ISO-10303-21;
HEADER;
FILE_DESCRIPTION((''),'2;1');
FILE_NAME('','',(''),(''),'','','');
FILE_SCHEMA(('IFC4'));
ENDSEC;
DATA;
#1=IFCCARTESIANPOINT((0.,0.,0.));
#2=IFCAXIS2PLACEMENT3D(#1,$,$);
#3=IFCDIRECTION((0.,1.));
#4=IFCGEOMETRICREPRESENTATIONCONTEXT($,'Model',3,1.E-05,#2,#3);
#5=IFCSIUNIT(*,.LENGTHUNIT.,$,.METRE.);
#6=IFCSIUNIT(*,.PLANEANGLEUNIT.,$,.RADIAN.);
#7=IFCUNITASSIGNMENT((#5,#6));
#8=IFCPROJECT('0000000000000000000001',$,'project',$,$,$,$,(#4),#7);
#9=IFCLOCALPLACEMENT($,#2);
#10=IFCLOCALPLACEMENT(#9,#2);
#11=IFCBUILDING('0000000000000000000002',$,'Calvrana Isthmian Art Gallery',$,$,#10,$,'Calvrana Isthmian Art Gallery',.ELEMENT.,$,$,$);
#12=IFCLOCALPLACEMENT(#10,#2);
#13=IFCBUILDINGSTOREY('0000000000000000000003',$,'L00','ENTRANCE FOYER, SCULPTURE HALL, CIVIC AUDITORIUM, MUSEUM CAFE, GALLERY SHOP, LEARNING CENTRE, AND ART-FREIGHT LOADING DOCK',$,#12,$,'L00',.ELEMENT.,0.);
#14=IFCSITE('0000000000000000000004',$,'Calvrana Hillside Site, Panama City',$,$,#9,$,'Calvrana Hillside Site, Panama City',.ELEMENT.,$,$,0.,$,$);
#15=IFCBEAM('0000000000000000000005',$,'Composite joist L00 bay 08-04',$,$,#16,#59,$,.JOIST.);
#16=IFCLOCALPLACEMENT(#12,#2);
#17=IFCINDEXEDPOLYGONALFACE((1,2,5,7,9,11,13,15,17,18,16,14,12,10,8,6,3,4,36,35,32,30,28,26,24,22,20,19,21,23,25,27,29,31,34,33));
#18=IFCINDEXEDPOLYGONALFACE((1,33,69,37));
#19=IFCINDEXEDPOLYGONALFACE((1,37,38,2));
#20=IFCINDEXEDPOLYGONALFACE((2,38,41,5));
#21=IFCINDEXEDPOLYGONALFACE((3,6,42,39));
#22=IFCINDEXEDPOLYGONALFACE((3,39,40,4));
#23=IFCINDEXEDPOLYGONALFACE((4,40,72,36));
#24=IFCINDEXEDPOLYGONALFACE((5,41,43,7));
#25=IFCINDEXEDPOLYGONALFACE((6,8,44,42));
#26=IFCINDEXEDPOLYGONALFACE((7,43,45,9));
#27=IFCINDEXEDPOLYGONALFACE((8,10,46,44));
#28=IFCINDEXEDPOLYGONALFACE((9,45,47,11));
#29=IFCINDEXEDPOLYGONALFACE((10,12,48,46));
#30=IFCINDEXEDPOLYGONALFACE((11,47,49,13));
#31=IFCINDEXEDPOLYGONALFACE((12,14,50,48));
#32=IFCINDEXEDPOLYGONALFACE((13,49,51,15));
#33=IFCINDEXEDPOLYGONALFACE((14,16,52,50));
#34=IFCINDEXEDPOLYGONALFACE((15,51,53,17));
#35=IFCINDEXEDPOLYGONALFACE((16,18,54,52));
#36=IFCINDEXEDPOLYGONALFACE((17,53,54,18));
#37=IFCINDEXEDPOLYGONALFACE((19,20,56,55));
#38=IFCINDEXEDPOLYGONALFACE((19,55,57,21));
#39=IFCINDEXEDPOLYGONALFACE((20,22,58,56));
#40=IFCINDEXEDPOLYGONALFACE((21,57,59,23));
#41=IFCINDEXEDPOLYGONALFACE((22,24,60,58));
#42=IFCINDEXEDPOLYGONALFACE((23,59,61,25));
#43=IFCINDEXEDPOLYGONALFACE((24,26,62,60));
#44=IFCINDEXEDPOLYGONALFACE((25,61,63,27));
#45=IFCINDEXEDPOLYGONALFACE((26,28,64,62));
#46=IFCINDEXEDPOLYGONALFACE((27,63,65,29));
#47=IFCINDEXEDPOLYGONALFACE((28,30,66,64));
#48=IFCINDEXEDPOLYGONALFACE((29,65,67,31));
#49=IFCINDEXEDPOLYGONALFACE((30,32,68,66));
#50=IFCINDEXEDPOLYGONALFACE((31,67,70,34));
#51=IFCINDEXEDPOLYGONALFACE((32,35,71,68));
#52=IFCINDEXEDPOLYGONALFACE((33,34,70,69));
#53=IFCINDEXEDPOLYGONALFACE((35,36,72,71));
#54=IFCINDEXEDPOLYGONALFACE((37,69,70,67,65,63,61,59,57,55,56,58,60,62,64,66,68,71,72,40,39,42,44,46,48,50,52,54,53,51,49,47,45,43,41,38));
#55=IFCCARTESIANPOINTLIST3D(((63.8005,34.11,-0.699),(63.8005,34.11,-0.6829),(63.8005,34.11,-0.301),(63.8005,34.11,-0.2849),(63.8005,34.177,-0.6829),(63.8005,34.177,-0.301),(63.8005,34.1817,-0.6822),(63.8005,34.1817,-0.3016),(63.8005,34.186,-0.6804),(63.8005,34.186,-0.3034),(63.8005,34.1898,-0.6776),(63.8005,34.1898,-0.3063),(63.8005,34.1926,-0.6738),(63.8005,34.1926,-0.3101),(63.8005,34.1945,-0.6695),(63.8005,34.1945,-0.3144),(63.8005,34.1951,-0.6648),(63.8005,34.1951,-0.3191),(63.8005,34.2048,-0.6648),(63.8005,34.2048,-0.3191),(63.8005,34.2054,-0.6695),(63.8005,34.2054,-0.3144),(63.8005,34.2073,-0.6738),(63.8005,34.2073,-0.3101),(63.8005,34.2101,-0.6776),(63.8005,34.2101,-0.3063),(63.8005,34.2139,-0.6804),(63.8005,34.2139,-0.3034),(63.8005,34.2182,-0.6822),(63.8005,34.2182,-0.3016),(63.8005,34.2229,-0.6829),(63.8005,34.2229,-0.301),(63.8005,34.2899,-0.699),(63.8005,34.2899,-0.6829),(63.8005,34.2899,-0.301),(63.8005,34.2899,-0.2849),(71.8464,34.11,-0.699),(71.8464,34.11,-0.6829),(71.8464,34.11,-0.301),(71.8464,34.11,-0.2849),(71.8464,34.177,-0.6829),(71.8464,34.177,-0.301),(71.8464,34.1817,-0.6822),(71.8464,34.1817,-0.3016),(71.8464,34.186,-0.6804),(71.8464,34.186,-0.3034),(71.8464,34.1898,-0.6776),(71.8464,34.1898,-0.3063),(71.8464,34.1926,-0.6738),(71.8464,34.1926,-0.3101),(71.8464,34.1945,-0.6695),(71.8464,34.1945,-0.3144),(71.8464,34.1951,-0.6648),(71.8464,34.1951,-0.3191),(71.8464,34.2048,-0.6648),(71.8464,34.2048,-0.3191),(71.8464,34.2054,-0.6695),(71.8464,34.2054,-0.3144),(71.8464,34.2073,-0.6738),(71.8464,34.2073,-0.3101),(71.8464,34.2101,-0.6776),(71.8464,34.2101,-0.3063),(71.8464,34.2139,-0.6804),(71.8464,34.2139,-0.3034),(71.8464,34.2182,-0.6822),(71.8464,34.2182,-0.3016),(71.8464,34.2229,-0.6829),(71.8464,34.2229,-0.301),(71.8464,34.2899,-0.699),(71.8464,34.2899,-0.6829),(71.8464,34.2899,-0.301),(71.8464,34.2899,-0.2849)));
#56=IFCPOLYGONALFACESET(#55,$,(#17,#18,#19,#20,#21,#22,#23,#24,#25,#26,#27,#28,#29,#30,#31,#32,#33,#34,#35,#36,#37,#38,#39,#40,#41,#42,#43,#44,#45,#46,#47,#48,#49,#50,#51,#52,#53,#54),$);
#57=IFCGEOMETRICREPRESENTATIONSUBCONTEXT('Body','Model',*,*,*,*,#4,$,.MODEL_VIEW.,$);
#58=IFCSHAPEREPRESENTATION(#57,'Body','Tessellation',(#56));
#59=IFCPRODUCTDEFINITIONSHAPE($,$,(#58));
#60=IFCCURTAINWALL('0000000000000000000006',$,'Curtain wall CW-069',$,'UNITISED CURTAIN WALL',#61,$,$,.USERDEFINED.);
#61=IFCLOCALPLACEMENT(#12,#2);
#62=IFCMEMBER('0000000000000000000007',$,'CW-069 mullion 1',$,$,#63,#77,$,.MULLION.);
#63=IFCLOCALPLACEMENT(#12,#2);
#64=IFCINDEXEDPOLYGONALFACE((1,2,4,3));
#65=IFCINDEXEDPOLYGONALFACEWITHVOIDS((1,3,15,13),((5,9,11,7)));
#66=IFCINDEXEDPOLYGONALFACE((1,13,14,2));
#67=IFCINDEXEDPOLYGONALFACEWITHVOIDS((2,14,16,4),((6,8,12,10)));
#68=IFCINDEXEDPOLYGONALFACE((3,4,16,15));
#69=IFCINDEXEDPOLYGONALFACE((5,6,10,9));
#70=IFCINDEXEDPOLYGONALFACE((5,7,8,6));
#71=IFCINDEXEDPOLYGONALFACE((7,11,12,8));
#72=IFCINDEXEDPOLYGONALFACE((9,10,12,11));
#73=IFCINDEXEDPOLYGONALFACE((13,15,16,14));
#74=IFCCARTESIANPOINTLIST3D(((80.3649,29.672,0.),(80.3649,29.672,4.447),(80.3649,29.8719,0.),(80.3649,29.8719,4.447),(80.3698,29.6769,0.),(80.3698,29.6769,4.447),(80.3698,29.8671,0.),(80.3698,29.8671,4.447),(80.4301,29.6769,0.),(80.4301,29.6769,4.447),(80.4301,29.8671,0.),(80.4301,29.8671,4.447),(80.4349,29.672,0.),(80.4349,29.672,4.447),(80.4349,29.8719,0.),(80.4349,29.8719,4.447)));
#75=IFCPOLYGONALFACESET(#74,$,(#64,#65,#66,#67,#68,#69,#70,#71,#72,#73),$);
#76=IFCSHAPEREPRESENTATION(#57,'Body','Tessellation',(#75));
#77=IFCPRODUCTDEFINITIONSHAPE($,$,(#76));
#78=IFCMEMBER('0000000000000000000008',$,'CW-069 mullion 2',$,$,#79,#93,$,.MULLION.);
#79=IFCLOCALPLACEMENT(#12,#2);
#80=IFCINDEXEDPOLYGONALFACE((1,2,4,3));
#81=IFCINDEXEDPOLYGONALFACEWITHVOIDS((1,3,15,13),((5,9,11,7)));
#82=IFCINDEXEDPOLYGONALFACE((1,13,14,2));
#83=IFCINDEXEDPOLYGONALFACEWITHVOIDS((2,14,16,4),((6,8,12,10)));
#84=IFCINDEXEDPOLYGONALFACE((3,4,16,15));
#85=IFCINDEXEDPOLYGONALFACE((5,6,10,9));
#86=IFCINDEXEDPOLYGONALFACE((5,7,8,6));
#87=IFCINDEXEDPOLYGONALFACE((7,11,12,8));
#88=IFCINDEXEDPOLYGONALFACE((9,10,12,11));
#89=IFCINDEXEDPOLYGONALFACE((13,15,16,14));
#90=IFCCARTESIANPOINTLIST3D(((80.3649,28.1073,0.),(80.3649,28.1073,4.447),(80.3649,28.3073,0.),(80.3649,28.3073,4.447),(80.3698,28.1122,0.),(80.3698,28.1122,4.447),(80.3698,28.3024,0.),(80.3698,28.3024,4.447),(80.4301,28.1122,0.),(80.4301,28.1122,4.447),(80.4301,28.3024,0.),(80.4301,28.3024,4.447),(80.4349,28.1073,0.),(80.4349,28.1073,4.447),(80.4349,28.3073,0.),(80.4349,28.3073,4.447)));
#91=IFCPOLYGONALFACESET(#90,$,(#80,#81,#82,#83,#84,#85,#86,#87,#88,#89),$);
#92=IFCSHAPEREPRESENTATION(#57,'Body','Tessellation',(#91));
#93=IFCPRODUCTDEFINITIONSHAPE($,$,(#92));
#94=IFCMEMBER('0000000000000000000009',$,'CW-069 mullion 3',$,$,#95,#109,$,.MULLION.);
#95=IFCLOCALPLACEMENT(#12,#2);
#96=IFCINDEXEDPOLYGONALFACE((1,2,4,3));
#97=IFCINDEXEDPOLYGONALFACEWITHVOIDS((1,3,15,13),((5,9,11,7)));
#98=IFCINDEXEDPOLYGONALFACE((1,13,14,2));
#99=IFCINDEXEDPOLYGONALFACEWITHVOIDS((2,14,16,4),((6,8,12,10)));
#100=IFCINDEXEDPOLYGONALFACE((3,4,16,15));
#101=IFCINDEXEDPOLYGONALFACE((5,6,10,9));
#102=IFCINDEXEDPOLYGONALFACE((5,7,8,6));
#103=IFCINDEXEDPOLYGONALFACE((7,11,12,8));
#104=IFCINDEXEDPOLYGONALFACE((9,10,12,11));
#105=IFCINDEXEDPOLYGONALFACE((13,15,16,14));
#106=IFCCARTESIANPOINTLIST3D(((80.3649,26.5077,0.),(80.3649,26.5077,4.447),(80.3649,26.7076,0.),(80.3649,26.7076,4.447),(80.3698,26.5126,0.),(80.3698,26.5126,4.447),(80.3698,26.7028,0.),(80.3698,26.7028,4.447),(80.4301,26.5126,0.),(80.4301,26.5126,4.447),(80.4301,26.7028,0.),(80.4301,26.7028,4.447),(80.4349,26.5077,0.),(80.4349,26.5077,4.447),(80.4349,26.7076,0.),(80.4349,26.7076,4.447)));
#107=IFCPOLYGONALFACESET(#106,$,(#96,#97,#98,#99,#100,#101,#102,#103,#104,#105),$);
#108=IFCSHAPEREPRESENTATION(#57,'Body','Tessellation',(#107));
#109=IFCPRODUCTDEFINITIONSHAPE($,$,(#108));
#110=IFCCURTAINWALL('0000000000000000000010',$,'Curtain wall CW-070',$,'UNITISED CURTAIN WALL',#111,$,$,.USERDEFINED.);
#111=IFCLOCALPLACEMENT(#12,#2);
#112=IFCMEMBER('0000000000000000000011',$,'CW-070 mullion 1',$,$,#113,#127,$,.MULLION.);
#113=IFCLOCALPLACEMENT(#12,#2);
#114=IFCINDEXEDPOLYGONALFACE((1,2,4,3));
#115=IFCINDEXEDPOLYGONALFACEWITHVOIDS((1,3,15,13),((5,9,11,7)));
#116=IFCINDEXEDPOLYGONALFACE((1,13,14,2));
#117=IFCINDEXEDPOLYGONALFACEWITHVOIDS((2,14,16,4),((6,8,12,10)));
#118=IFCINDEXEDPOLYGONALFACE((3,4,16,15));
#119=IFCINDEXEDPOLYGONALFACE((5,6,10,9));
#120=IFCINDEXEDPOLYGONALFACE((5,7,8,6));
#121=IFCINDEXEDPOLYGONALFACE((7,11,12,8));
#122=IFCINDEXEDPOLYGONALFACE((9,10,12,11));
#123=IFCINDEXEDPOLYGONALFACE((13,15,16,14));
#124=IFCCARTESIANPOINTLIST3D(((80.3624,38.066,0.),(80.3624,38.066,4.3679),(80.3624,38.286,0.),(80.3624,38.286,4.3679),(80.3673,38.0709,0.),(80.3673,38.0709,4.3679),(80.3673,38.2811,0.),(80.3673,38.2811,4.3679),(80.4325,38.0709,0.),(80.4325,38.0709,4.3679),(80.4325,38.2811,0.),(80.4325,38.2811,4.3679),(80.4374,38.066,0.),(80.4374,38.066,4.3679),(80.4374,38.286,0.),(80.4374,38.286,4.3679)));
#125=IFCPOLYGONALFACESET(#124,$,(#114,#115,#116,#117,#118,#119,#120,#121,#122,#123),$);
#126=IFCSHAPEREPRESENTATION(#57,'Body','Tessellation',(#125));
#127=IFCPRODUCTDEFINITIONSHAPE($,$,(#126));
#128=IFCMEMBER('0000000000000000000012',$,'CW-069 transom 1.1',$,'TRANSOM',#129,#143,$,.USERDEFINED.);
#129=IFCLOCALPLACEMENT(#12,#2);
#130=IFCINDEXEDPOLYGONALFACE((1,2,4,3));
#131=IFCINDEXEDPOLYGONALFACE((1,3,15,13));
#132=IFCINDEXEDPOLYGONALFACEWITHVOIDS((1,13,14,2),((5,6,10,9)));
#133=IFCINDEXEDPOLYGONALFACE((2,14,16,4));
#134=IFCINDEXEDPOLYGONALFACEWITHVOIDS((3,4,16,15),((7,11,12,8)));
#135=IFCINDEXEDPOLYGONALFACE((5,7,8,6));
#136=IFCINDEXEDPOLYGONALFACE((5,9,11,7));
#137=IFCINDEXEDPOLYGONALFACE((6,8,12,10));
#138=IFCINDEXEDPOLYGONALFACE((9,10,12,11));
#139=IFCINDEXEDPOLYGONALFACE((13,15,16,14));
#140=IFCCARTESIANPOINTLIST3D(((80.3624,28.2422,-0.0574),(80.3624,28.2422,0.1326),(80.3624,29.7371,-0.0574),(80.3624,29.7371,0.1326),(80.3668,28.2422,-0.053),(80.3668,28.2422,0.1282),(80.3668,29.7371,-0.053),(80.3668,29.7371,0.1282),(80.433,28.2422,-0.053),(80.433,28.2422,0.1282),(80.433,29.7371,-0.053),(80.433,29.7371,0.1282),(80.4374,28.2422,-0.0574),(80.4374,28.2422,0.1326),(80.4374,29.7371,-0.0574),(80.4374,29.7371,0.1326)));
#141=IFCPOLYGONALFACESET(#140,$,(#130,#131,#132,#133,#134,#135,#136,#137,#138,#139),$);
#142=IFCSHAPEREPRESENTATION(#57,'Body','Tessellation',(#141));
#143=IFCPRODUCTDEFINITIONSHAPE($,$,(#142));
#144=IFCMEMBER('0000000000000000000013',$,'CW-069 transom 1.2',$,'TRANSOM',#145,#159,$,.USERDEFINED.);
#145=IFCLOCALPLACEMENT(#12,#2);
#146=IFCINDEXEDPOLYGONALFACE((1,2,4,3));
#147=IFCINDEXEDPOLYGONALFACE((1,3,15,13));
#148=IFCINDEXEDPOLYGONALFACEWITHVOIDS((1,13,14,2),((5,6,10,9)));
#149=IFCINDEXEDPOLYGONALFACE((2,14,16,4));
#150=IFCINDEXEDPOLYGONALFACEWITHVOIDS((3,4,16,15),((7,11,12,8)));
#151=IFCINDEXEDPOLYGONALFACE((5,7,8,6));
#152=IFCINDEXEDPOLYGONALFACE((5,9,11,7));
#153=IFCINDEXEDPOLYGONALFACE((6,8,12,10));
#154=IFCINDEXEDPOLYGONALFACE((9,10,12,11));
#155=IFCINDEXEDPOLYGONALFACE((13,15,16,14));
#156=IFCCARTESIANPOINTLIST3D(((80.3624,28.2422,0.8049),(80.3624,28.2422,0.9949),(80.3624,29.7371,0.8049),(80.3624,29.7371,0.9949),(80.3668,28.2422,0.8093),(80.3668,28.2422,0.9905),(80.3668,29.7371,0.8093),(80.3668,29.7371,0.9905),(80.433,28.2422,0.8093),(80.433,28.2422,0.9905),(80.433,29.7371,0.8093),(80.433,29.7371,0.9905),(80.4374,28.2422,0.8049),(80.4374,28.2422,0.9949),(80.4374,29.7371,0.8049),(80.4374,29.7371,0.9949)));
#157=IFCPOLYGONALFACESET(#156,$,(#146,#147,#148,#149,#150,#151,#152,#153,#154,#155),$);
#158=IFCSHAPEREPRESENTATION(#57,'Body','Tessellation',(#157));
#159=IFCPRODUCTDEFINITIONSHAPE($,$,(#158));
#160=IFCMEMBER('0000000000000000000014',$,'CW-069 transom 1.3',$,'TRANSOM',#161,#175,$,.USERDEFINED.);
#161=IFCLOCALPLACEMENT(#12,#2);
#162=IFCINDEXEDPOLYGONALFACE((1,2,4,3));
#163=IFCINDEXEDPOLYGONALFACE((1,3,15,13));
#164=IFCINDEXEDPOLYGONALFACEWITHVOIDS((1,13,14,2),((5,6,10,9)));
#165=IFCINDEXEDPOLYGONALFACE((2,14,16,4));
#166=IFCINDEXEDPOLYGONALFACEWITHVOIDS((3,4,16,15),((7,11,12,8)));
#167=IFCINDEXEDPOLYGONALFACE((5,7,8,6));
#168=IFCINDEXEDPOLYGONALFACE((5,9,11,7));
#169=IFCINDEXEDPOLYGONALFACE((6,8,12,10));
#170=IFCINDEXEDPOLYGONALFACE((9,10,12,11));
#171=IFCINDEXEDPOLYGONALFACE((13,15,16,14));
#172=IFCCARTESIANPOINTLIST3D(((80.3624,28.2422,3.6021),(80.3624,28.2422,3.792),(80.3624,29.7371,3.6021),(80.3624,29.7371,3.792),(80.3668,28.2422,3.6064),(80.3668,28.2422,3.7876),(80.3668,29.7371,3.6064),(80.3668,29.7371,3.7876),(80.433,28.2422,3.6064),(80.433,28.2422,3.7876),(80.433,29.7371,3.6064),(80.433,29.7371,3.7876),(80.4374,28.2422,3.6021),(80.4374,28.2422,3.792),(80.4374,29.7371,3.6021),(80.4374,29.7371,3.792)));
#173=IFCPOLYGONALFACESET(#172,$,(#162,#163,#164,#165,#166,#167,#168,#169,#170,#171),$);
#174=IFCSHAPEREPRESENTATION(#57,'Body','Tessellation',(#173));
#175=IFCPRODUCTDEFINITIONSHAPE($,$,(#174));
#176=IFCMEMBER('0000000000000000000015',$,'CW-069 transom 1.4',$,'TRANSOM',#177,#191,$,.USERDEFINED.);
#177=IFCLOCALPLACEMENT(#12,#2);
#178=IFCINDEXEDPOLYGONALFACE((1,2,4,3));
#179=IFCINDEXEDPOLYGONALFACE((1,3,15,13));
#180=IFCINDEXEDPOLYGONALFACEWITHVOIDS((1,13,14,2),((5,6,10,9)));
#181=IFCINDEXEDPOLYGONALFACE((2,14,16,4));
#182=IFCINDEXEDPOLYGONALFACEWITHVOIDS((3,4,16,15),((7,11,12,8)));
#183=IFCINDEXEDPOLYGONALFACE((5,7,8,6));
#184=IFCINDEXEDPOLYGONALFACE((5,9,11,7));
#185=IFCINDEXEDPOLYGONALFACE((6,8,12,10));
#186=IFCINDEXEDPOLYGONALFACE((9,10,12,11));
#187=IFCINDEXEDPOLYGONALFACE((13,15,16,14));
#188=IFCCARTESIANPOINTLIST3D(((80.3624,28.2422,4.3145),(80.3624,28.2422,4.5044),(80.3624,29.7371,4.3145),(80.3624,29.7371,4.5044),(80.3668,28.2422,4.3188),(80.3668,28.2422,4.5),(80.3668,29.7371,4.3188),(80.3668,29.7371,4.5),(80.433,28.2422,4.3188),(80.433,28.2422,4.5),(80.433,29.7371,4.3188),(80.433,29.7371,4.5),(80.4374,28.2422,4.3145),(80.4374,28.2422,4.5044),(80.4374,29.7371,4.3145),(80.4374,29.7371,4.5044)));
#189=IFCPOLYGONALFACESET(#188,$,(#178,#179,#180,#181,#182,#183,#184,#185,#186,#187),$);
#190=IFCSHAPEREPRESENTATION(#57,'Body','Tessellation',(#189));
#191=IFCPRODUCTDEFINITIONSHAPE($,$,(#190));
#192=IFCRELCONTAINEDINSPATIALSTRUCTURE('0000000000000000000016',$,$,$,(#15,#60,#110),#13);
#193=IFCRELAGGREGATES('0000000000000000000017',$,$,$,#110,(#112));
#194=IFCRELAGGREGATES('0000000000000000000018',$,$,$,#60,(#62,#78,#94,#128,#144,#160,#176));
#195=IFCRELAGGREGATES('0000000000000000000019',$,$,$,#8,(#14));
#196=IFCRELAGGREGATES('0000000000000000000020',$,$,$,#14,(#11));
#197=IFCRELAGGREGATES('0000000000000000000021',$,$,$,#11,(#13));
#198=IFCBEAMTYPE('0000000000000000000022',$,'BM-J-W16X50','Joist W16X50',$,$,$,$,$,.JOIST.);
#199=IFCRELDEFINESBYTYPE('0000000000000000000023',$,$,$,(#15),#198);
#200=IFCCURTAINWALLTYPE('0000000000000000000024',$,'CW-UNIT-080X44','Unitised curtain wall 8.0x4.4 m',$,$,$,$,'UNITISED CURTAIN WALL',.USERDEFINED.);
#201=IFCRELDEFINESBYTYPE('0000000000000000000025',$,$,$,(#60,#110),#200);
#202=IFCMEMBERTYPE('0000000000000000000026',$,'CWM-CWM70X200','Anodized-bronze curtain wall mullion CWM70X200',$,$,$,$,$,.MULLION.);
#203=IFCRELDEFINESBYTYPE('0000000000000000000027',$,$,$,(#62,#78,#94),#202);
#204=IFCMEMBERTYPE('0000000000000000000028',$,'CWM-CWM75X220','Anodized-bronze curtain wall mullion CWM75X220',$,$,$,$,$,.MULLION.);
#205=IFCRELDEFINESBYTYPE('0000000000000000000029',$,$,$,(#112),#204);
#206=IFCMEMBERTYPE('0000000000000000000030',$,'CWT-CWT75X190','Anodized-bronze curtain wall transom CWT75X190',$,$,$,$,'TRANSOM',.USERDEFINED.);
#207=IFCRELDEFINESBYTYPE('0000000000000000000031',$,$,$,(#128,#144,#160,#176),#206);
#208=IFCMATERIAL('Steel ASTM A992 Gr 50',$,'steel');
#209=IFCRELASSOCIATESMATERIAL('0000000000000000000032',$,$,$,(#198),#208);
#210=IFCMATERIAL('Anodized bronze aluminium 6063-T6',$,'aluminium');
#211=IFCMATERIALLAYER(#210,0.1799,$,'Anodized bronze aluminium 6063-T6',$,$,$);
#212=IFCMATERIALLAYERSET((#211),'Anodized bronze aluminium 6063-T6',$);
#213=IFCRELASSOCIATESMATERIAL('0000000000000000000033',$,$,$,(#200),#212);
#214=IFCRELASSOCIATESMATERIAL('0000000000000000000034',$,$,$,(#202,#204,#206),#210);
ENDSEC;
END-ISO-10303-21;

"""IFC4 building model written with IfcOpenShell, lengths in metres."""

from ifc_helpers import new_model, si_unit, direction, frame, origin, origin_2d, place, context, subcontext, project, spatial, hollow_rectangle, i_section, extrude, material, layer, layer_set, material_profile, profile_set, type_object, element, aggregate, save


model = new_model("IFC4")

# Units and contexts
model_context = context("Model", 3, precision=1e-05, world=origin(), true_north=direction((0.0, 1.0)))
body_context = subcontext(model_context, "Body", "Model", "MODEL_VIEW")
ifc_project = project(units=[si_unit("LENGTHUNIT", "METRE"), si_unit("PLANEANGLEUNIT", "RADIAN")], contexts=[model_context])

# Site, building, storey
site_placement = place(None, origin())
site = spatial("IfcSite", under=ifc_project, at=site_placement, Name="Calvrana Hillside Site, Panama City", LongName="Calvrana Hillside Site, Panama City", CompositionType="ELEMENT", RefElevation=0.0)
building_placement = place(site_placement, origin())
building = spatial("IfcBuilding", under=site, at=building_placement, Name="Calvrana Isthmian Art Gallery", LongName="Calvrana Isthmian Art Gallery", CompositionType="ELEMENT")
storey_placement = place(building_placement, origin())
storey = spatial("IfcBuildingStorey", under=building, at=storey_placement, Name="L00", Description="ENTRANCE FOYER, SCULPTURE HALL, CIVIC AUDITORIUM, MUSEUM CAFE, GALLERY SHOP, LEARNING CENTRE, AND ART-FREIGHT LOADING DOCK", LongName="L00", CompositionType="ELEMENT", Elevation=0.0)

# Shared definitions
ifc_material_1 = material(Name="Steel ASTM A992 Gr 50", Category="steel")

# Beam
ifc_material_profile_1 = material_profile(ifc_material_1, i_section(OverallWidth=0.1799, OverallDepth=0.4141, WebThickness=0.0098, FlangeThickness=0.0161, FilletRadius=0.0181, at=origin_2d()), Name="W16X50")
ifc_profile_set_1 = profile_set([ifc_material_profile_1], Name="Steel ASTM A992 Gr 50")
beam_type_1 = type_object("IfcBeamType", Name="BM-J-W16X50", Description="Joist W16X50", PredefinedType="JOIST", material=ifc_profile_set_1)
beam_1_placement = place(storey_placement, frame((63.8005, 34.2, -0.4919), z_axis=(1.0, 0.0, 0.0), x_axis=(0.0, 1.0, 0.0)))
element("IfcBeam", 1, at=beam_1_placement, inside=storey, type_object=beam_type_1, Name="Composite joist L00 bay 08-04", PredefinedType="JOIST", context=body_context, shape_type="SweptSolid", body=[
    extrude(i_section(OverallWidth=0.1799, OverallDepth=0.4141, WebThickness=0.0098, FlangeThickness=0.0161, FilletRadius=0.0181, at=origin_2d()), origin(), (0.0, 0.0, 1.0), 8.0459),
])

# Curtain wall, members
ifc_material_2 = material(Name="Anodized bronze aluminium 6063-T6", Category="aluminium")
ifc_layer_1 = layer(ifc_material_2, 0.1799, Name="Anodized bronze aluminium 6063-T6")
ifc_layer_set_1 = layer_set([ifc_layer_1], Name="Anodized bronze aluminium 6063-T6")
curtain_wall_type = type_object("IfcCurtainWallType", Name="CW-UNIT-080X44", Description="Unitised curtain wall 8.0x4.4 m", ElementType="UNITISED CURTAIN WALL", PredefinedType="USERDEFINED", material=ifc_layer_set_1)
curtain_wall_1_placement = place(storey_placement, origin())
curtain_wall_1 = element("IfcCurtainWall", 2, at=curtain_wall_1_placement, inside=storey, type_object=curtain_wall_type, Name="Curtain wall CW-069", ObjectType="UNITISED CURTAIN WALL", PredefinedType="USERDEFINED")
ifc_material_profile_2 = material_profile(ifc_material_2, hollow_rectangle(XDim=0.0701, YDim=0.2, WallThickness=0.0049, at=origin_2d()), Name="CWM70X200")
ifc_profile_set_2 = profile_set([ifc_material_profile_2], Name="Anodized bronze aluminium 6063-T6")
member_type_1 = type_object("IfcMemberType", Name="CWM-CWM70X200", Description="Anodized-bronze curtain wall mullion CWM70X200", PredefinedType="MULLION", material=ifc_profile_set_2)
member_1_placement = place(storey_placement, frame((80.3999, 29.772, 0.0), z_axis=(0.0, 0.0, 1.0), x_axis=(1.0, 0.0, 0.0)))
member_1 = element("IfcMember", 3, at=member_1_placement, type_object=member_type_1, Name="CW-069 mullion 1", PredefinedType="MULLION", context=body_context, shape_type="SweptSolid", body=[
    extrude(hollow_rectangle(XDim=0.0701, YDim=0.2, WallThickness=0.0049, at=origin_2d()), origin(), (0.0, 0.0, 1.0), 4.447),
])
member_2_placement = place(storey_placement, frame((80.3999, 28.2073, 0.0), z_axis=(0.0, 0.0, 1.0), x_axis=(1.0, 0.0, 0.0)))
member_2 = element("IfcMember", 4, at=member_2_placement, type_object=member_type_1, Name="CW-069 mullion 2", PredefinedType="MULLION", context=body_context, shape_type="SweptSolid", body=[
    extrude(hollow_rectangle(XDim=0.0701, YDim=0.2, WallThickness=0.0049, at=origin_2d()), origin(), (0.0, 0.0, 1.0), 4.447),
])
member_3_placement = place(storey_placement, frame((80.3999, 26.6077, 0.0), z_axis=(0.0, 0.0, 1.0), x_axis=(1.0, 0.0, 0.0)))
member_3 = element("IfcMember", 5, at=member_3_placement, type_object=member_type_1, Name="CW-069 mullion 3", PredefinedType="MULLION", context=body_context, shape_type="SweptSolid", body=[
    extrude(hollow_rectangle(XDim=0.0701, YDim=0.2, WallThickness=0.0049, at=origin_2d()), origin(), (0.0, 0.0, 1.0), 4.447),
])

# Curtain wall, member
curtain_wall_2_placement = place(storey_placement, origin())
curtain_wall_2 = element("IfcCurtainWall", 6, at=curtain_wall_2_placement, inside=storey, type_object=curtain_wall_type, Name="Curtain wall CW-070", ObjectType="UNITISED CURTAIN WALL", PredefinedType="USERDEFINED")
ifc_material_profile_3 = material_profile(ifc_material_2, hollow_rectangle(XDim=0.075, YDim=0.22, WallThickness=0.0049, at=origin_2d()), Name="CWM75X220")
ifc_profile_set_3 = profile_set([ifc_material_profile_3], Name="Anodized bronze aluminium 6063-T6")
member_type_2 = type_object("IfcMemberType", Name="CWM-CWM75X220", Description="Anodized-bronze curtain wall mullion CWM75X220", PredefinedType="MULLION", material=ifc_profile_set_3)
member_4_placement = place(storey_placement, frame((80.3999, 38.176, 0.0), z_axis=(0.0, 0.0, 1.0), x_axis=(1.0, 0.0, 0.0)))
member_4 = element("IfcMember", 7, at=member_4_placement, type_object=member_type_2, Name="CW-070 mullion 1", PredefinedType="MULLION", context=body_context, shape_type="SweptSolid", body=[
    extrude(hollow_rectangle(XDim=0.075, YDim=0.22, WallThickness=0.0049, at=origin_2d()), origin(), (0.0, 0.0, 1.0), 4.3679),
])
aggregate(curtain_wall_2, [member_4])

# Members
ifc_material_profile_4 = material_profile(ifc_material_2, hollow_rectangle(XDim=0.075, YDim=0.1899, WallThickness=0.0044, at=origin_2d()), Name="CWT75X190")
ifc_profile_set_4 = profile_set([ifc_material_profile_4], Name="Anodized bronze aluminium 6063-T6")
member_type_3 = type_object("IfcMemberType", Name="CWT-CWT75X190", Description="Anodized-bronze curtain wall transom CWT75X190", ElementType="TRANSOM", PredefinedType="USERDEFINED", material=ifc_profile_set_4)
member_5_placement = place(storey_placement, frame((80.3999, 29.7371, 0.0376), z_axis=(0.0, -1.0, 0.0), x_axis=(1.0, 0.0, 0.0)))
member_5 = element("IfcMember", 8, at=member_5_placement, type_object=member_type_3, Name="CW-069 transom 1.1", ObjectType="TRANSOM", PredefinedType="USERDEFINED", context=body_context, shape_type="SweptSolid", body=[
    extrude(hollow_rectangle(XDim=0.075, YDim=0.1899, WallThickness=0.0044, at=origin_2d()), origin(), (0.0, 0.0, 1.0), 1.4949),
])
member_6_placement = place(storey_placement, frame((80.3999, 29.7371, 0.8999), z_axis=(0.0, -1.0, 0.0), x_axis=(1.0, 0.0, 0.0)))
member_6 = element("IfcMember", 9, at=member_6_placement, type_object=member_type_3, Name="CW-069 transom 1.2", ObjectType="TRANSOM", PredefinedType="USERDEFINED", context=body_context, shape_type="SweptSolid", body=[
    extrude(hollow_rectangle(XDim=0.075, YDim=0.1899, WallThickness=0.0044, at=origin_2d()), origin(), (0.0, 0.0, 1.0), 1.4949),
])
member_7_placement = place(storey_placement, frame((80.3999, 29.7371, 3.697), z_axis=(0.0, -1.0, 0.0), x_axis=(1.0, 0.0, 0.0)))
member_7 = element("IfcMember", 10, at=member_7_placement, type_object=member_type_3, Name="CW-069 transom 1.3", ObjectType="TRANSOM", PredefinedType="USERDEFINED", context=body_context, shape_type="SweptSolid", body=[
    extrude(hollow_rectangle(XDim=0.075, YDim=0.1899, WallThickness=0.0044, at=origin_2d()), origin(), (0.0, 0.0, 1.0), 1.4949),
])
member_8_placement = place(storey_placement, frame((80.3999, 29.7371, 4.4094), z_axis=(0.0, -1.0, 0.0), x_axis=(1.0, 0.0, 0.0)))
member_8 = element("IfcMember", 11, at=member_8_placement, type_object=member_type_3, Name="CW-069 transom 1.4", ObjectType="TRANSOM", PredefinedType="USERDEFINED", context=body_context, shape_type="SweptSolid", body=[
    extrude(hollow_rectangle(XDim=0.075, YDim=0.1899, WallThickness=0.0044, at=origin_2d()), origin(), (0.0, 0.0, 1.0), 1.4949),
])

aggregate(curtain_wall_1, [member_1, member_2, member_3, member_5, member_6, member_7, member_8])

save(model, "model.ifc")
